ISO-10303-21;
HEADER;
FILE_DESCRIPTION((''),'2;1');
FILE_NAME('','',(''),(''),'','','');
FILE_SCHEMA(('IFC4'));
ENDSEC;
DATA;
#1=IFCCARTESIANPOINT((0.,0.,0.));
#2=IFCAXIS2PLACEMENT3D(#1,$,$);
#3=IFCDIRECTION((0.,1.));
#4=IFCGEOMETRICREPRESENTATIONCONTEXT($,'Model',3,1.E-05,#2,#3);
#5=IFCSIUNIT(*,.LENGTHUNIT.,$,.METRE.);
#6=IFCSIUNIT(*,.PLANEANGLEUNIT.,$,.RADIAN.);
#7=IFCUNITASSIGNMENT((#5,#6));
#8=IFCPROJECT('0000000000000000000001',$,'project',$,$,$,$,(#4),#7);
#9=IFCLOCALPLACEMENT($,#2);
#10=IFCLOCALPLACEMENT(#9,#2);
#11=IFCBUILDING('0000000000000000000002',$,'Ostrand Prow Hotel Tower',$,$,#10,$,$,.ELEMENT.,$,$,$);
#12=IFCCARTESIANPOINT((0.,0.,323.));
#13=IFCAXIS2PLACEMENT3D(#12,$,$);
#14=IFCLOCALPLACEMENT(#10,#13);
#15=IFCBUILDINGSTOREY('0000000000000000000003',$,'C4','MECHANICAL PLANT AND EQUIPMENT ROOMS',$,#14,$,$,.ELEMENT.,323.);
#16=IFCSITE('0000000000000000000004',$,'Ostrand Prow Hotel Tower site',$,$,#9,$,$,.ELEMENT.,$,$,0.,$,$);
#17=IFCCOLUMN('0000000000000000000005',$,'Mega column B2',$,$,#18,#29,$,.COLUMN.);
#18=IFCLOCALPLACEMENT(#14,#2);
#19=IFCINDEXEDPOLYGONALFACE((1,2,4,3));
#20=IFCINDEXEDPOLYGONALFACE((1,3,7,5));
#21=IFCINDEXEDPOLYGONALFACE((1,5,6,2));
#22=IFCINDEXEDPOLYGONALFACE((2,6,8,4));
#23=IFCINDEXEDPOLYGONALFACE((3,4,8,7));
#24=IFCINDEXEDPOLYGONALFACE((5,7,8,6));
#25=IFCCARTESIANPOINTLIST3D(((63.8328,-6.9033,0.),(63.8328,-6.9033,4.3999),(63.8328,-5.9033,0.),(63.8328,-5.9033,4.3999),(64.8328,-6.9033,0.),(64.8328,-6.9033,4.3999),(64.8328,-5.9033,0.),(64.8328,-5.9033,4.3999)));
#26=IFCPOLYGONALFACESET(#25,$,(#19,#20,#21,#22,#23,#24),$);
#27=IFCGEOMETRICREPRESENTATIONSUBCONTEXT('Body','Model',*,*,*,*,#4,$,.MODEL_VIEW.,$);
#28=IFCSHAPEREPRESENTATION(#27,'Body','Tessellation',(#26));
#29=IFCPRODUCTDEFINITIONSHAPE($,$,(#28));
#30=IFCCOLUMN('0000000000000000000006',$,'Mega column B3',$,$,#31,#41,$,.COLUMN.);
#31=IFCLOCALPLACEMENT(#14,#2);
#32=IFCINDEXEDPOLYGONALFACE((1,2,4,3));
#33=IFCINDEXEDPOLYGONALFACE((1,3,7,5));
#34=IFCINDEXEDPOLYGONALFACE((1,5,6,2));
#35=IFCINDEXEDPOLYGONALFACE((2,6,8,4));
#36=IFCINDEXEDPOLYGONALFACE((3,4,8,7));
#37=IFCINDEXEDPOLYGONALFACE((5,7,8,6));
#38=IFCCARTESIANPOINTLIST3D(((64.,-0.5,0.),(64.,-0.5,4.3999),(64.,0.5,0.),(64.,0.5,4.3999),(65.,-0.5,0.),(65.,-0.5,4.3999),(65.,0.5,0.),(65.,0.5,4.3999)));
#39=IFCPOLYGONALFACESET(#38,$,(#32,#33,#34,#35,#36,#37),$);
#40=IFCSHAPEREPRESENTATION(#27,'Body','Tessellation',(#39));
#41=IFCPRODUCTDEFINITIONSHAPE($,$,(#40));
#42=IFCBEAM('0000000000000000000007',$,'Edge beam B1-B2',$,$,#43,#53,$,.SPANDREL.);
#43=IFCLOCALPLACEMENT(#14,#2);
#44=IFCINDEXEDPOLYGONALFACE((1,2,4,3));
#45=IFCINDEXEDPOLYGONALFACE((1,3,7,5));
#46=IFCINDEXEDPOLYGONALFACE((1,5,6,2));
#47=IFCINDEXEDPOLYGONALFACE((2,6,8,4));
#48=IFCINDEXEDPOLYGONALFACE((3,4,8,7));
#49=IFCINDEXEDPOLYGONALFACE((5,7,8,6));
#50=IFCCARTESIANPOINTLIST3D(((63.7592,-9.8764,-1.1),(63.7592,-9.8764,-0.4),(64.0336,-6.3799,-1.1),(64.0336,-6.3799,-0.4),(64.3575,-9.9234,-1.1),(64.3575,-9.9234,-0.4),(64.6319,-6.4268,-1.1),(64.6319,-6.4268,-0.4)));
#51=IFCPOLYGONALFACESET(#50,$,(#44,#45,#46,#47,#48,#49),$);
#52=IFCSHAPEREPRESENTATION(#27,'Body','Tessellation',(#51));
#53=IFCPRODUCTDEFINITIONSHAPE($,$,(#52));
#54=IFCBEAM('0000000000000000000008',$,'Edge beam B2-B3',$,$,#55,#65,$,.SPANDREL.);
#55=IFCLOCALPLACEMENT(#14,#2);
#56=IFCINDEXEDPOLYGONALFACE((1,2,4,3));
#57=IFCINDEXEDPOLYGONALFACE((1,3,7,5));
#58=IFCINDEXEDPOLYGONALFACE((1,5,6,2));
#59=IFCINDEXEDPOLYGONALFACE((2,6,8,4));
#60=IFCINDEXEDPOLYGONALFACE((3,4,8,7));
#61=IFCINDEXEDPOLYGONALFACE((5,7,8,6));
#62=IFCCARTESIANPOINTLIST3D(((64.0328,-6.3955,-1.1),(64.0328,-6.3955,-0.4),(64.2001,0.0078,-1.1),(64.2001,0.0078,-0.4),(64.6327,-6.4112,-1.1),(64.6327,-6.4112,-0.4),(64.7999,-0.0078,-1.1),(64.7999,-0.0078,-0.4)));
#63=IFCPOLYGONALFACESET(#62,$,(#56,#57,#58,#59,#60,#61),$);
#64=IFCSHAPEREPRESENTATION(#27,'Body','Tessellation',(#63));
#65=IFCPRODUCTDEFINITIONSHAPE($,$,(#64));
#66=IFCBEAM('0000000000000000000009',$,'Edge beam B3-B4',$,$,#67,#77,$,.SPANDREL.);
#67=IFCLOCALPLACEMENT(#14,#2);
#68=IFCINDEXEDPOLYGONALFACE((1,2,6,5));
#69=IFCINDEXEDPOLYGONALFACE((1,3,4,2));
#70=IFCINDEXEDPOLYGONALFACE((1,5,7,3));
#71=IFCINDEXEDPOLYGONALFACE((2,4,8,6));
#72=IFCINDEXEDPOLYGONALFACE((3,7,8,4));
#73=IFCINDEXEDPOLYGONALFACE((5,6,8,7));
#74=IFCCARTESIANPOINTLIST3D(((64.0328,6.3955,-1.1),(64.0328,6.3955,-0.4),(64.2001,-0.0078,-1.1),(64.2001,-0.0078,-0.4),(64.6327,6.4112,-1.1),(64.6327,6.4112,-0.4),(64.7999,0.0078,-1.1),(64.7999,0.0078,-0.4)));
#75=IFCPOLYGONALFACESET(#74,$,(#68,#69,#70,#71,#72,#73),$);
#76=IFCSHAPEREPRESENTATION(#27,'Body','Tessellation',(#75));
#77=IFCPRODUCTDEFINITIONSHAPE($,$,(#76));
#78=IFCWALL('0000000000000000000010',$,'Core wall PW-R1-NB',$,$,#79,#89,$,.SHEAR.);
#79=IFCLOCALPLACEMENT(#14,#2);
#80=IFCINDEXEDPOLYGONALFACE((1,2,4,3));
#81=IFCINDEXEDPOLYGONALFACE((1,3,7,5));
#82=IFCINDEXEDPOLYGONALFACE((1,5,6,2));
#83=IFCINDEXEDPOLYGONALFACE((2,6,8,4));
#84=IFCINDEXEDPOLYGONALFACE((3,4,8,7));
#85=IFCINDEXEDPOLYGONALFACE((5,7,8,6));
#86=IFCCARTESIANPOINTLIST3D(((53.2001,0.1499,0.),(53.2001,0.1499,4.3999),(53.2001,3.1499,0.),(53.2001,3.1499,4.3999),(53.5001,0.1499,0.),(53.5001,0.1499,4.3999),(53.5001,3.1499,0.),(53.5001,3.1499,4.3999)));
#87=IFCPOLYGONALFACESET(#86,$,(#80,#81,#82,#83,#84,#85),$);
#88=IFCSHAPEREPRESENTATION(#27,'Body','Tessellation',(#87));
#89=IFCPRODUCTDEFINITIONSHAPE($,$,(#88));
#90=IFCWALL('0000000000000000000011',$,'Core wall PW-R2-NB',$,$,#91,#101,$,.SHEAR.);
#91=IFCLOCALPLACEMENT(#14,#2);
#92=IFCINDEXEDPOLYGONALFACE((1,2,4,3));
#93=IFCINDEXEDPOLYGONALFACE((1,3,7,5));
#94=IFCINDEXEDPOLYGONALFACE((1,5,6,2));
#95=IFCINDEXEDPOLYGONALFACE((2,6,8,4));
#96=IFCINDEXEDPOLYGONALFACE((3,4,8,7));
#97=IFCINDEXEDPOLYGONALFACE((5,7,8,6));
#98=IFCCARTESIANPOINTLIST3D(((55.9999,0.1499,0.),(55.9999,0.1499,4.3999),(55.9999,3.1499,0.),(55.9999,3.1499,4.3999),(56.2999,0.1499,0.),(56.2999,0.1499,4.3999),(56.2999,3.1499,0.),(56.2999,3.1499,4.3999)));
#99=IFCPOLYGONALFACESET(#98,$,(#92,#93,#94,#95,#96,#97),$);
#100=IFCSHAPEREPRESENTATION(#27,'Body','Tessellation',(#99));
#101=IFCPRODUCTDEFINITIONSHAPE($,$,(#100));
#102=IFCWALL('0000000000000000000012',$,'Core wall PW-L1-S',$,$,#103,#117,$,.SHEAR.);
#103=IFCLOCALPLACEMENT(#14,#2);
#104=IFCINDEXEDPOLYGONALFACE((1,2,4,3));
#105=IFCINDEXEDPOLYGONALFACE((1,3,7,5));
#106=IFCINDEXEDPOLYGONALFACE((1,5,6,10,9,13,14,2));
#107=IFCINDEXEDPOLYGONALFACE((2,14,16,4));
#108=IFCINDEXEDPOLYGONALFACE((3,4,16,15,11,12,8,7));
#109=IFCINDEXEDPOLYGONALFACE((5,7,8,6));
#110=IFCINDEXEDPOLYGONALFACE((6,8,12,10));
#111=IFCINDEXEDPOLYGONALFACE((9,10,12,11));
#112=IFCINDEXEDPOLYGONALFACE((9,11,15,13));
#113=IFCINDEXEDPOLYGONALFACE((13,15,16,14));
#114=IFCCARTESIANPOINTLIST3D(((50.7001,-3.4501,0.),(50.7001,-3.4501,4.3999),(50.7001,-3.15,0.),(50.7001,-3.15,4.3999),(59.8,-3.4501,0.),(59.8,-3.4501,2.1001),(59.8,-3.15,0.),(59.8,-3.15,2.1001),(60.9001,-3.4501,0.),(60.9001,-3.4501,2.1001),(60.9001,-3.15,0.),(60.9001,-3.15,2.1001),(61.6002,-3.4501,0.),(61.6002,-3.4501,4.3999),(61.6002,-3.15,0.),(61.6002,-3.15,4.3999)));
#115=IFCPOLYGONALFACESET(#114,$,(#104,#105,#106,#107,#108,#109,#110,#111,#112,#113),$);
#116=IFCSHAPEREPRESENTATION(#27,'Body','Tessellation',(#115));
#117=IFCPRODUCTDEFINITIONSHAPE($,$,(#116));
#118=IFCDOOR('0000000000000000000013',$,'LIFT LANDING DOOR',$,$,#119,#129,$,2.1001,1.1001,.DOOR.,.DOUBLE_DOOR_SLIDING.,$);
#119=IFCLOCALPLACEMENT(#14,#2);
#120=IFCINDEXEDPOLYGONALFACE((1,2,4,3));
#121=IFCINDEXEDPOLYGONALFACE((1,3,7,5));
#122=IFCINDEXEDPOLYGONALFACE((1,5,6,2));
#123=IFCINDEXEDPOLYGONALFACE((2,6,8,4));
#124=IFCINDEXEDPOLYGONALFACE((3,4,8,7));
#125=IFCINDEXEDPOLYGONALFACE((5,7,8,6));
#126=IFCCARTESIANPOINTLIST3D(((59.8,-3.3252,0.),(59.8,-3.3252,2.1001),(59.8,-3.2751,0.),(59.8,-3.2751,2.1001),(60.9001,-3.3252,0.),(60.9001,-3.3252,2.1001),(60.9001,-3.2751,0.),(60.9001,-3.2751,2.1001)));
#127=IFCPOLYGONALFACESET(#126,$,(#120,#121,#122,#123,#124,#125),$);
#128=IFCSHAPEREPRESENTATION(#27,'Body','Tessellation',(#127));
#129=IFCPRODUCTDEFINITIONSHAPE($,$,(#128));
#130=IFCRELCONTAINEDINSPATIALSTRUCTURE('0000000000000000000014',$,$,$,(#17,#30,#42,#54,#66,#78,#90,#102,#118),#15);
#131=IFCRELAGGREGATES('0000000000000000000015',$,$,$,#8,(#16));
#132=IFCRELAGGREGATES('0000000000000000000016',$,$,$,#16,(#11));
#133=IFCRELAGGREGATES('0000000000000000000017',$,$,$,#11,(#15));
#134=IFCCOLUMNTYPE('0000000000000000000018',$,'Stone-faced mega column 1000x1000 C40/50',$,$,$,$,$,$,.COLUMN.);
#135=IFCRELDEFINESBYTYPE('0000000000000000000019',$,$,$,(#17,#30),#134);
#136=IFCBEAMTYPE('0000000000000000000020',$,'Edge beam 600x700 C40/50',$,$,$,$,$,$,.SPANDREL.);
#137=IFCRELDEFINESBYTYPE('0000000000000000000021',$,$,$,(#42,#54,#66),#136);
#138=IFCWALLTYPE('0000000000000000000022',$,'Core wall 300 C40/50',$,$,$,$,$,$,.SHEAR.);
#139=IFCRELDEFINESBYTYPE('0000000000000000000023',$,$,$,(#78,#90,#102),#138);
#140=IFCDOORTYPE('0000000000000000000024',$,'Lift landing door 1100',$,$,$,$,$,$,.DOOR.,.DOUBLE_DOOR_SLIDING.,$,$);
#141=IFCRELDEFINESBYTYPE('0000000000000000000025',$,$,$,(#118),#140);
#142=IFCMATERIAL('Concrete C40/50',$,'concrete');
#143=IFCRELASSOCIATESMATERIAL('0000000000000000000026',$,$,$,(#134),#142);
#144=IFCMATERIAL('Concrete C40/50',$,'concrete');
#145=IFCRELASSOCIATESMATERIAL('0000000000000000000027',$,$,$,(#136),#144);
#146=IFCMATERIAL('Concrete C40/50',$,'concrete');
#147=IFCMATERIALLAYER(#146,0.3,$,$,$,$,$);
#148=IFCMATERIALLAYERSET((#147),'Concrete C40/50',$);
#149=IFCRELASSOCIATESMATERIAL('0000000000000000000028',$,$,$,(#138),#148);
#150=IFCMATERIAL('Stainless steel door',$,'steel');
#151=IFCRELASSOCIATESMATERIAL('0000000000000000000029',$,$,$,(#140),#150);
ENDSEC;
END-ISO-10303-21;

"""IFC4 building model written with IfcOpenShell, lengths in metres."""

from ifc_helpers import new_model, si_unit, direction, frame, frame_2d, origin, origin_2d, place, context, subcontext, project, spatial, rectangle, extrude, material, layer, layer_set, material_profile, profile_set, type_object, element, fill, save


model = new_model("IFC4")

# Units and contexts
model_context = context("Model", 3, precision=1e-05, world=origin(), true_north=direction((0.0, 1.0)))
body_context = subcontext(model_context, "Body", "Model", "MODEL_VIEW")
ifc_project = project(units=[si_unit("LENGTHUNIT", "METRE"), si_unit("PLANEANGLEUNIT", "RADIAN")], contexts=[model_context])

# Site, building, storey
site_placement = place(None, origin())
site = spatial("IfcSite", under=ifc_project, at=site_placement, Name="Ostrand Prow Hotel Tower site", CompositionType="ELEMENT", RefElevation=0.0)
building_placement = place(site_placement, origin())
building = spatial("IfcBuilding", under=site, at=building_placement, Name="Ostrand Prow Hotel Tower", CompositionType="ELEMENT")
storey_placement = place(building_placement, frame((0.0, 0.0, 323.0)))
storey = spatial("IfcBuildingStorey", under=building, at=storey_placement, Name="C4", Description="MECHANICAL PLANT AND EQUIPMENT ROOMS", CompositionType="ELEMENT", Elevation=323.0)

# Columns
ifc_material_1 = material(Name="Concrete C40/50", Category="concrete")
ifc_material_profile_1 = material_profile(ifc_material_1, rectangle(XDim=1.0, YDim=1.0, at=origin_2d()), Name="RC 1000x1000")
ifc_profile_set_1 = profile_set([ifc_material_profile_1], Name="Concrete C40/50")
column_type = type_object("IfcColumnType", Name="Stone-faced mega column 1000x1000 C40/50", PredefinedType="COLUMN", material=ifc_profile_set_1)
for number, where, z_axis, x_axis, name in (
    (1, (64.3328, -6.4033, 0.0), (0.0, 0.0, 1.0), (1.0, 0.0, 0.0), "Mega column B2"),
    (2, (64.5, 0.0, 0.0), (0.0, 0.0, 1.0), (1.0, 0.0, 0.0), "Mega column B3"),
):
    element("IfcColumn", number, at=place(storey_placement, frame(where, z_axis=z_axis, x_axis=x_axis)), inside=storey, type_object=column_type, Name=name, PredefinedType="COLUMN", context=body_context, shape_type="SweptSolid", body=[
        extrude(rectangle(XDim=1.0, YDim=1.0, at=origin_2d()), origin(), (0.0, 0.0, 1.0), 4.3999),
    ])

# Beams
ifc_material_2 = material(Name="Concrete C40/50", Category="concrete")
ifc_material_profile_2 = material_profile(ifc_material_2, rectangle(XDim=0.6001, YDim=0.7, at=origin_2d()), Name="RC 600x700")
ifc_profile_set_2 = profile_set([ifc_material_profile_2], Name="Concrete C40/50")
beam_type = type_object("IfcBeamType", Name="Edge beam 600x700 C40/50", PredefinedType="SPANDREL", material=ifc_profile_set_2)
beam_placement = place(storey_placement, frame((64.0583, -9.8999, -0.75), z_axis=(0.07824, 0.996935, 0.0), x_axis=(-0.996935, 0.07824, 0.0)))
element("IfcBeam", 3, at=beam_placement, inside=storey, type_object=beam_type, Name="Edge beam B1-B2", PredefinedType="SPANDREL", context=body_context, shape_type="SweptSolid", body=[
    extrude(rectangle(XDim=0.6001, YDim=0.7, at=origin_2d()), origin(), (0.0, 0.0, 1.0), 3.5073),
])
for number, where, z_axis, x_axis, name in (
    (4, (64.3328, -6.4033, -0.75), (0.026108, 0.999659, 0.0), (-0.999659, 0.026108, 0.0), "Edge beam B2-B3"),
    (5, (64.5, 0.0, -0.75), (-0.026108, 0.999659, 0.0), (-0.999659, -0.026108, 0.0), "Edge beam B3-B4"),
):
    element("IfcBeam", number, at=place(storey_placement, frame(where, z_axis=z_axis, x_axis=x_axis)), inside=storey, type_object=beam_type, Name=name, PredefinedType="SPANDREL", context=body_context, shape_type="SweptSolid", body=[
        extrude(rectangle(XDim=0.6001, YDim=0.7, at=origin_2d()), origin(), (0.0, 0.0, 1.0), 6.4055),
    ])

# Walls
ifc_material_3 = material(Name="Concrete C40/50", Category="concrete")
ifc_layer_1 = layer(ifc_material_3, 0.3)
ifc_layer_set_1 = layer_set([ifc_layer_1], Name="Concrete C40/50")
wall_type_1 = type_object("IfcWallType", Name="Core wall 300 C40/50", PredefinedType="SHEAR", material=ifc_layer_set_1)
for number, where, z_axis, x_axis, name in (
    (6, (53.3501, 0.1499, 0.0), (0.0, 0.0, 1.0), (0.0, 1.0, 0.0), "Core wall PW-R1-NB"),
    (7, (56.1499, 0.1499, 0.0), (0.0, 0.0, 1.0), (0.0, 1.0, 0.0), "Core wall PW-R2-NB"),
):
    element("IfcWall", number, at=place(storey_placement, frame(where, z_axis=z_axis, x_axis=x_axis)), inside=storey, type_object=wall_type_1, Name=name, PredefinedType="SHEAR", context=body_context, shape_type="SweptSolid", body=[
        extrude(rectangle(XDim=3.0, YDim=0.3, at=frame_2d((1.5, 0.0))), origin(), (0.0, 0.0, 1.0), 4.3999),
    ])

# Wall, opening, door
wall_1_placement = place(storey_placement, frame((50.7, -3.3, 0.0), z_axis=(0.0, 0.0, 1.0), x_axis=(1.0, 0.0, 0.0)))
wall_1 = element("IfcWall", 8, at=wall_1_placement, inside=storey, type_object=wall_type_1, Name="Core wall PW-L1-S", PredefinedType="SHEAR", context=body_context, shape_type="SweptSolid", body=[
    extrude(rectangle(XDim=10.9001, YDim=0.3, at=frame_2d((5.4502, 0.0))), origin(), (0.0, 0.0, 1.0), 4.3999),
])
opening_1_placement = place(wall_1_placement, frame((9.1001, 0.0, 0.0)))
opening_1 = element("IfcOpeningElement", 9, at=opening_1_placement, cuts=wall_1, PredefinedType="OPENING", context=body_context, shape_type="SweptSolid", body=[
    extrude(rectangle(XDim=1.1001, YDim=2.1001, at=frame_2d((0.55, 1.05))), frame((0.0, 0.1599, 0.0), z_axis=(0.0, -1.0, 0.0), x_axis=(1.0, 0.0, 0.0)), (0.0, 0.0, 1.0), 0.3201),
])
ifc_material_4 = material(Name="Stainless steel door", Category="steel")
door_type_1 = type_object("IfcDoorType", Name="Lift landing door 1100", OperationType="DOUBLE_DOOR_SLIDING", PredefinedType="DOOR", material=ifc_material_4)
door_1_placement = place(opening_1_placement, origin())
door_1 = element("IfcDoor", 10, at=door_1_placement, inside=storey, type_object=door_type_1, Name="LIFT LANDING DOOR", OperationType="DOUBLE_DOOR_SLIDING", OverallHeight=2.1001, OverallWidth=1.1001, PredefinedType="DOOR", context=body_context, shape_type="SweptSolid", body=[
    extrude(rectangle(XDim=1.1001, YDim=2.1001, at=frame_2d((0.55, 1.05))), frame((0.0, 0.0249, 0.0), z_axis=(0.0, -1.0, 0.0), x_axis=(1.0, 0.0, 0.0)), (0.0, 0.0, 1.0), 0.05),
])
fill(opening_1, door_1)

save(model, "model.ifc")
